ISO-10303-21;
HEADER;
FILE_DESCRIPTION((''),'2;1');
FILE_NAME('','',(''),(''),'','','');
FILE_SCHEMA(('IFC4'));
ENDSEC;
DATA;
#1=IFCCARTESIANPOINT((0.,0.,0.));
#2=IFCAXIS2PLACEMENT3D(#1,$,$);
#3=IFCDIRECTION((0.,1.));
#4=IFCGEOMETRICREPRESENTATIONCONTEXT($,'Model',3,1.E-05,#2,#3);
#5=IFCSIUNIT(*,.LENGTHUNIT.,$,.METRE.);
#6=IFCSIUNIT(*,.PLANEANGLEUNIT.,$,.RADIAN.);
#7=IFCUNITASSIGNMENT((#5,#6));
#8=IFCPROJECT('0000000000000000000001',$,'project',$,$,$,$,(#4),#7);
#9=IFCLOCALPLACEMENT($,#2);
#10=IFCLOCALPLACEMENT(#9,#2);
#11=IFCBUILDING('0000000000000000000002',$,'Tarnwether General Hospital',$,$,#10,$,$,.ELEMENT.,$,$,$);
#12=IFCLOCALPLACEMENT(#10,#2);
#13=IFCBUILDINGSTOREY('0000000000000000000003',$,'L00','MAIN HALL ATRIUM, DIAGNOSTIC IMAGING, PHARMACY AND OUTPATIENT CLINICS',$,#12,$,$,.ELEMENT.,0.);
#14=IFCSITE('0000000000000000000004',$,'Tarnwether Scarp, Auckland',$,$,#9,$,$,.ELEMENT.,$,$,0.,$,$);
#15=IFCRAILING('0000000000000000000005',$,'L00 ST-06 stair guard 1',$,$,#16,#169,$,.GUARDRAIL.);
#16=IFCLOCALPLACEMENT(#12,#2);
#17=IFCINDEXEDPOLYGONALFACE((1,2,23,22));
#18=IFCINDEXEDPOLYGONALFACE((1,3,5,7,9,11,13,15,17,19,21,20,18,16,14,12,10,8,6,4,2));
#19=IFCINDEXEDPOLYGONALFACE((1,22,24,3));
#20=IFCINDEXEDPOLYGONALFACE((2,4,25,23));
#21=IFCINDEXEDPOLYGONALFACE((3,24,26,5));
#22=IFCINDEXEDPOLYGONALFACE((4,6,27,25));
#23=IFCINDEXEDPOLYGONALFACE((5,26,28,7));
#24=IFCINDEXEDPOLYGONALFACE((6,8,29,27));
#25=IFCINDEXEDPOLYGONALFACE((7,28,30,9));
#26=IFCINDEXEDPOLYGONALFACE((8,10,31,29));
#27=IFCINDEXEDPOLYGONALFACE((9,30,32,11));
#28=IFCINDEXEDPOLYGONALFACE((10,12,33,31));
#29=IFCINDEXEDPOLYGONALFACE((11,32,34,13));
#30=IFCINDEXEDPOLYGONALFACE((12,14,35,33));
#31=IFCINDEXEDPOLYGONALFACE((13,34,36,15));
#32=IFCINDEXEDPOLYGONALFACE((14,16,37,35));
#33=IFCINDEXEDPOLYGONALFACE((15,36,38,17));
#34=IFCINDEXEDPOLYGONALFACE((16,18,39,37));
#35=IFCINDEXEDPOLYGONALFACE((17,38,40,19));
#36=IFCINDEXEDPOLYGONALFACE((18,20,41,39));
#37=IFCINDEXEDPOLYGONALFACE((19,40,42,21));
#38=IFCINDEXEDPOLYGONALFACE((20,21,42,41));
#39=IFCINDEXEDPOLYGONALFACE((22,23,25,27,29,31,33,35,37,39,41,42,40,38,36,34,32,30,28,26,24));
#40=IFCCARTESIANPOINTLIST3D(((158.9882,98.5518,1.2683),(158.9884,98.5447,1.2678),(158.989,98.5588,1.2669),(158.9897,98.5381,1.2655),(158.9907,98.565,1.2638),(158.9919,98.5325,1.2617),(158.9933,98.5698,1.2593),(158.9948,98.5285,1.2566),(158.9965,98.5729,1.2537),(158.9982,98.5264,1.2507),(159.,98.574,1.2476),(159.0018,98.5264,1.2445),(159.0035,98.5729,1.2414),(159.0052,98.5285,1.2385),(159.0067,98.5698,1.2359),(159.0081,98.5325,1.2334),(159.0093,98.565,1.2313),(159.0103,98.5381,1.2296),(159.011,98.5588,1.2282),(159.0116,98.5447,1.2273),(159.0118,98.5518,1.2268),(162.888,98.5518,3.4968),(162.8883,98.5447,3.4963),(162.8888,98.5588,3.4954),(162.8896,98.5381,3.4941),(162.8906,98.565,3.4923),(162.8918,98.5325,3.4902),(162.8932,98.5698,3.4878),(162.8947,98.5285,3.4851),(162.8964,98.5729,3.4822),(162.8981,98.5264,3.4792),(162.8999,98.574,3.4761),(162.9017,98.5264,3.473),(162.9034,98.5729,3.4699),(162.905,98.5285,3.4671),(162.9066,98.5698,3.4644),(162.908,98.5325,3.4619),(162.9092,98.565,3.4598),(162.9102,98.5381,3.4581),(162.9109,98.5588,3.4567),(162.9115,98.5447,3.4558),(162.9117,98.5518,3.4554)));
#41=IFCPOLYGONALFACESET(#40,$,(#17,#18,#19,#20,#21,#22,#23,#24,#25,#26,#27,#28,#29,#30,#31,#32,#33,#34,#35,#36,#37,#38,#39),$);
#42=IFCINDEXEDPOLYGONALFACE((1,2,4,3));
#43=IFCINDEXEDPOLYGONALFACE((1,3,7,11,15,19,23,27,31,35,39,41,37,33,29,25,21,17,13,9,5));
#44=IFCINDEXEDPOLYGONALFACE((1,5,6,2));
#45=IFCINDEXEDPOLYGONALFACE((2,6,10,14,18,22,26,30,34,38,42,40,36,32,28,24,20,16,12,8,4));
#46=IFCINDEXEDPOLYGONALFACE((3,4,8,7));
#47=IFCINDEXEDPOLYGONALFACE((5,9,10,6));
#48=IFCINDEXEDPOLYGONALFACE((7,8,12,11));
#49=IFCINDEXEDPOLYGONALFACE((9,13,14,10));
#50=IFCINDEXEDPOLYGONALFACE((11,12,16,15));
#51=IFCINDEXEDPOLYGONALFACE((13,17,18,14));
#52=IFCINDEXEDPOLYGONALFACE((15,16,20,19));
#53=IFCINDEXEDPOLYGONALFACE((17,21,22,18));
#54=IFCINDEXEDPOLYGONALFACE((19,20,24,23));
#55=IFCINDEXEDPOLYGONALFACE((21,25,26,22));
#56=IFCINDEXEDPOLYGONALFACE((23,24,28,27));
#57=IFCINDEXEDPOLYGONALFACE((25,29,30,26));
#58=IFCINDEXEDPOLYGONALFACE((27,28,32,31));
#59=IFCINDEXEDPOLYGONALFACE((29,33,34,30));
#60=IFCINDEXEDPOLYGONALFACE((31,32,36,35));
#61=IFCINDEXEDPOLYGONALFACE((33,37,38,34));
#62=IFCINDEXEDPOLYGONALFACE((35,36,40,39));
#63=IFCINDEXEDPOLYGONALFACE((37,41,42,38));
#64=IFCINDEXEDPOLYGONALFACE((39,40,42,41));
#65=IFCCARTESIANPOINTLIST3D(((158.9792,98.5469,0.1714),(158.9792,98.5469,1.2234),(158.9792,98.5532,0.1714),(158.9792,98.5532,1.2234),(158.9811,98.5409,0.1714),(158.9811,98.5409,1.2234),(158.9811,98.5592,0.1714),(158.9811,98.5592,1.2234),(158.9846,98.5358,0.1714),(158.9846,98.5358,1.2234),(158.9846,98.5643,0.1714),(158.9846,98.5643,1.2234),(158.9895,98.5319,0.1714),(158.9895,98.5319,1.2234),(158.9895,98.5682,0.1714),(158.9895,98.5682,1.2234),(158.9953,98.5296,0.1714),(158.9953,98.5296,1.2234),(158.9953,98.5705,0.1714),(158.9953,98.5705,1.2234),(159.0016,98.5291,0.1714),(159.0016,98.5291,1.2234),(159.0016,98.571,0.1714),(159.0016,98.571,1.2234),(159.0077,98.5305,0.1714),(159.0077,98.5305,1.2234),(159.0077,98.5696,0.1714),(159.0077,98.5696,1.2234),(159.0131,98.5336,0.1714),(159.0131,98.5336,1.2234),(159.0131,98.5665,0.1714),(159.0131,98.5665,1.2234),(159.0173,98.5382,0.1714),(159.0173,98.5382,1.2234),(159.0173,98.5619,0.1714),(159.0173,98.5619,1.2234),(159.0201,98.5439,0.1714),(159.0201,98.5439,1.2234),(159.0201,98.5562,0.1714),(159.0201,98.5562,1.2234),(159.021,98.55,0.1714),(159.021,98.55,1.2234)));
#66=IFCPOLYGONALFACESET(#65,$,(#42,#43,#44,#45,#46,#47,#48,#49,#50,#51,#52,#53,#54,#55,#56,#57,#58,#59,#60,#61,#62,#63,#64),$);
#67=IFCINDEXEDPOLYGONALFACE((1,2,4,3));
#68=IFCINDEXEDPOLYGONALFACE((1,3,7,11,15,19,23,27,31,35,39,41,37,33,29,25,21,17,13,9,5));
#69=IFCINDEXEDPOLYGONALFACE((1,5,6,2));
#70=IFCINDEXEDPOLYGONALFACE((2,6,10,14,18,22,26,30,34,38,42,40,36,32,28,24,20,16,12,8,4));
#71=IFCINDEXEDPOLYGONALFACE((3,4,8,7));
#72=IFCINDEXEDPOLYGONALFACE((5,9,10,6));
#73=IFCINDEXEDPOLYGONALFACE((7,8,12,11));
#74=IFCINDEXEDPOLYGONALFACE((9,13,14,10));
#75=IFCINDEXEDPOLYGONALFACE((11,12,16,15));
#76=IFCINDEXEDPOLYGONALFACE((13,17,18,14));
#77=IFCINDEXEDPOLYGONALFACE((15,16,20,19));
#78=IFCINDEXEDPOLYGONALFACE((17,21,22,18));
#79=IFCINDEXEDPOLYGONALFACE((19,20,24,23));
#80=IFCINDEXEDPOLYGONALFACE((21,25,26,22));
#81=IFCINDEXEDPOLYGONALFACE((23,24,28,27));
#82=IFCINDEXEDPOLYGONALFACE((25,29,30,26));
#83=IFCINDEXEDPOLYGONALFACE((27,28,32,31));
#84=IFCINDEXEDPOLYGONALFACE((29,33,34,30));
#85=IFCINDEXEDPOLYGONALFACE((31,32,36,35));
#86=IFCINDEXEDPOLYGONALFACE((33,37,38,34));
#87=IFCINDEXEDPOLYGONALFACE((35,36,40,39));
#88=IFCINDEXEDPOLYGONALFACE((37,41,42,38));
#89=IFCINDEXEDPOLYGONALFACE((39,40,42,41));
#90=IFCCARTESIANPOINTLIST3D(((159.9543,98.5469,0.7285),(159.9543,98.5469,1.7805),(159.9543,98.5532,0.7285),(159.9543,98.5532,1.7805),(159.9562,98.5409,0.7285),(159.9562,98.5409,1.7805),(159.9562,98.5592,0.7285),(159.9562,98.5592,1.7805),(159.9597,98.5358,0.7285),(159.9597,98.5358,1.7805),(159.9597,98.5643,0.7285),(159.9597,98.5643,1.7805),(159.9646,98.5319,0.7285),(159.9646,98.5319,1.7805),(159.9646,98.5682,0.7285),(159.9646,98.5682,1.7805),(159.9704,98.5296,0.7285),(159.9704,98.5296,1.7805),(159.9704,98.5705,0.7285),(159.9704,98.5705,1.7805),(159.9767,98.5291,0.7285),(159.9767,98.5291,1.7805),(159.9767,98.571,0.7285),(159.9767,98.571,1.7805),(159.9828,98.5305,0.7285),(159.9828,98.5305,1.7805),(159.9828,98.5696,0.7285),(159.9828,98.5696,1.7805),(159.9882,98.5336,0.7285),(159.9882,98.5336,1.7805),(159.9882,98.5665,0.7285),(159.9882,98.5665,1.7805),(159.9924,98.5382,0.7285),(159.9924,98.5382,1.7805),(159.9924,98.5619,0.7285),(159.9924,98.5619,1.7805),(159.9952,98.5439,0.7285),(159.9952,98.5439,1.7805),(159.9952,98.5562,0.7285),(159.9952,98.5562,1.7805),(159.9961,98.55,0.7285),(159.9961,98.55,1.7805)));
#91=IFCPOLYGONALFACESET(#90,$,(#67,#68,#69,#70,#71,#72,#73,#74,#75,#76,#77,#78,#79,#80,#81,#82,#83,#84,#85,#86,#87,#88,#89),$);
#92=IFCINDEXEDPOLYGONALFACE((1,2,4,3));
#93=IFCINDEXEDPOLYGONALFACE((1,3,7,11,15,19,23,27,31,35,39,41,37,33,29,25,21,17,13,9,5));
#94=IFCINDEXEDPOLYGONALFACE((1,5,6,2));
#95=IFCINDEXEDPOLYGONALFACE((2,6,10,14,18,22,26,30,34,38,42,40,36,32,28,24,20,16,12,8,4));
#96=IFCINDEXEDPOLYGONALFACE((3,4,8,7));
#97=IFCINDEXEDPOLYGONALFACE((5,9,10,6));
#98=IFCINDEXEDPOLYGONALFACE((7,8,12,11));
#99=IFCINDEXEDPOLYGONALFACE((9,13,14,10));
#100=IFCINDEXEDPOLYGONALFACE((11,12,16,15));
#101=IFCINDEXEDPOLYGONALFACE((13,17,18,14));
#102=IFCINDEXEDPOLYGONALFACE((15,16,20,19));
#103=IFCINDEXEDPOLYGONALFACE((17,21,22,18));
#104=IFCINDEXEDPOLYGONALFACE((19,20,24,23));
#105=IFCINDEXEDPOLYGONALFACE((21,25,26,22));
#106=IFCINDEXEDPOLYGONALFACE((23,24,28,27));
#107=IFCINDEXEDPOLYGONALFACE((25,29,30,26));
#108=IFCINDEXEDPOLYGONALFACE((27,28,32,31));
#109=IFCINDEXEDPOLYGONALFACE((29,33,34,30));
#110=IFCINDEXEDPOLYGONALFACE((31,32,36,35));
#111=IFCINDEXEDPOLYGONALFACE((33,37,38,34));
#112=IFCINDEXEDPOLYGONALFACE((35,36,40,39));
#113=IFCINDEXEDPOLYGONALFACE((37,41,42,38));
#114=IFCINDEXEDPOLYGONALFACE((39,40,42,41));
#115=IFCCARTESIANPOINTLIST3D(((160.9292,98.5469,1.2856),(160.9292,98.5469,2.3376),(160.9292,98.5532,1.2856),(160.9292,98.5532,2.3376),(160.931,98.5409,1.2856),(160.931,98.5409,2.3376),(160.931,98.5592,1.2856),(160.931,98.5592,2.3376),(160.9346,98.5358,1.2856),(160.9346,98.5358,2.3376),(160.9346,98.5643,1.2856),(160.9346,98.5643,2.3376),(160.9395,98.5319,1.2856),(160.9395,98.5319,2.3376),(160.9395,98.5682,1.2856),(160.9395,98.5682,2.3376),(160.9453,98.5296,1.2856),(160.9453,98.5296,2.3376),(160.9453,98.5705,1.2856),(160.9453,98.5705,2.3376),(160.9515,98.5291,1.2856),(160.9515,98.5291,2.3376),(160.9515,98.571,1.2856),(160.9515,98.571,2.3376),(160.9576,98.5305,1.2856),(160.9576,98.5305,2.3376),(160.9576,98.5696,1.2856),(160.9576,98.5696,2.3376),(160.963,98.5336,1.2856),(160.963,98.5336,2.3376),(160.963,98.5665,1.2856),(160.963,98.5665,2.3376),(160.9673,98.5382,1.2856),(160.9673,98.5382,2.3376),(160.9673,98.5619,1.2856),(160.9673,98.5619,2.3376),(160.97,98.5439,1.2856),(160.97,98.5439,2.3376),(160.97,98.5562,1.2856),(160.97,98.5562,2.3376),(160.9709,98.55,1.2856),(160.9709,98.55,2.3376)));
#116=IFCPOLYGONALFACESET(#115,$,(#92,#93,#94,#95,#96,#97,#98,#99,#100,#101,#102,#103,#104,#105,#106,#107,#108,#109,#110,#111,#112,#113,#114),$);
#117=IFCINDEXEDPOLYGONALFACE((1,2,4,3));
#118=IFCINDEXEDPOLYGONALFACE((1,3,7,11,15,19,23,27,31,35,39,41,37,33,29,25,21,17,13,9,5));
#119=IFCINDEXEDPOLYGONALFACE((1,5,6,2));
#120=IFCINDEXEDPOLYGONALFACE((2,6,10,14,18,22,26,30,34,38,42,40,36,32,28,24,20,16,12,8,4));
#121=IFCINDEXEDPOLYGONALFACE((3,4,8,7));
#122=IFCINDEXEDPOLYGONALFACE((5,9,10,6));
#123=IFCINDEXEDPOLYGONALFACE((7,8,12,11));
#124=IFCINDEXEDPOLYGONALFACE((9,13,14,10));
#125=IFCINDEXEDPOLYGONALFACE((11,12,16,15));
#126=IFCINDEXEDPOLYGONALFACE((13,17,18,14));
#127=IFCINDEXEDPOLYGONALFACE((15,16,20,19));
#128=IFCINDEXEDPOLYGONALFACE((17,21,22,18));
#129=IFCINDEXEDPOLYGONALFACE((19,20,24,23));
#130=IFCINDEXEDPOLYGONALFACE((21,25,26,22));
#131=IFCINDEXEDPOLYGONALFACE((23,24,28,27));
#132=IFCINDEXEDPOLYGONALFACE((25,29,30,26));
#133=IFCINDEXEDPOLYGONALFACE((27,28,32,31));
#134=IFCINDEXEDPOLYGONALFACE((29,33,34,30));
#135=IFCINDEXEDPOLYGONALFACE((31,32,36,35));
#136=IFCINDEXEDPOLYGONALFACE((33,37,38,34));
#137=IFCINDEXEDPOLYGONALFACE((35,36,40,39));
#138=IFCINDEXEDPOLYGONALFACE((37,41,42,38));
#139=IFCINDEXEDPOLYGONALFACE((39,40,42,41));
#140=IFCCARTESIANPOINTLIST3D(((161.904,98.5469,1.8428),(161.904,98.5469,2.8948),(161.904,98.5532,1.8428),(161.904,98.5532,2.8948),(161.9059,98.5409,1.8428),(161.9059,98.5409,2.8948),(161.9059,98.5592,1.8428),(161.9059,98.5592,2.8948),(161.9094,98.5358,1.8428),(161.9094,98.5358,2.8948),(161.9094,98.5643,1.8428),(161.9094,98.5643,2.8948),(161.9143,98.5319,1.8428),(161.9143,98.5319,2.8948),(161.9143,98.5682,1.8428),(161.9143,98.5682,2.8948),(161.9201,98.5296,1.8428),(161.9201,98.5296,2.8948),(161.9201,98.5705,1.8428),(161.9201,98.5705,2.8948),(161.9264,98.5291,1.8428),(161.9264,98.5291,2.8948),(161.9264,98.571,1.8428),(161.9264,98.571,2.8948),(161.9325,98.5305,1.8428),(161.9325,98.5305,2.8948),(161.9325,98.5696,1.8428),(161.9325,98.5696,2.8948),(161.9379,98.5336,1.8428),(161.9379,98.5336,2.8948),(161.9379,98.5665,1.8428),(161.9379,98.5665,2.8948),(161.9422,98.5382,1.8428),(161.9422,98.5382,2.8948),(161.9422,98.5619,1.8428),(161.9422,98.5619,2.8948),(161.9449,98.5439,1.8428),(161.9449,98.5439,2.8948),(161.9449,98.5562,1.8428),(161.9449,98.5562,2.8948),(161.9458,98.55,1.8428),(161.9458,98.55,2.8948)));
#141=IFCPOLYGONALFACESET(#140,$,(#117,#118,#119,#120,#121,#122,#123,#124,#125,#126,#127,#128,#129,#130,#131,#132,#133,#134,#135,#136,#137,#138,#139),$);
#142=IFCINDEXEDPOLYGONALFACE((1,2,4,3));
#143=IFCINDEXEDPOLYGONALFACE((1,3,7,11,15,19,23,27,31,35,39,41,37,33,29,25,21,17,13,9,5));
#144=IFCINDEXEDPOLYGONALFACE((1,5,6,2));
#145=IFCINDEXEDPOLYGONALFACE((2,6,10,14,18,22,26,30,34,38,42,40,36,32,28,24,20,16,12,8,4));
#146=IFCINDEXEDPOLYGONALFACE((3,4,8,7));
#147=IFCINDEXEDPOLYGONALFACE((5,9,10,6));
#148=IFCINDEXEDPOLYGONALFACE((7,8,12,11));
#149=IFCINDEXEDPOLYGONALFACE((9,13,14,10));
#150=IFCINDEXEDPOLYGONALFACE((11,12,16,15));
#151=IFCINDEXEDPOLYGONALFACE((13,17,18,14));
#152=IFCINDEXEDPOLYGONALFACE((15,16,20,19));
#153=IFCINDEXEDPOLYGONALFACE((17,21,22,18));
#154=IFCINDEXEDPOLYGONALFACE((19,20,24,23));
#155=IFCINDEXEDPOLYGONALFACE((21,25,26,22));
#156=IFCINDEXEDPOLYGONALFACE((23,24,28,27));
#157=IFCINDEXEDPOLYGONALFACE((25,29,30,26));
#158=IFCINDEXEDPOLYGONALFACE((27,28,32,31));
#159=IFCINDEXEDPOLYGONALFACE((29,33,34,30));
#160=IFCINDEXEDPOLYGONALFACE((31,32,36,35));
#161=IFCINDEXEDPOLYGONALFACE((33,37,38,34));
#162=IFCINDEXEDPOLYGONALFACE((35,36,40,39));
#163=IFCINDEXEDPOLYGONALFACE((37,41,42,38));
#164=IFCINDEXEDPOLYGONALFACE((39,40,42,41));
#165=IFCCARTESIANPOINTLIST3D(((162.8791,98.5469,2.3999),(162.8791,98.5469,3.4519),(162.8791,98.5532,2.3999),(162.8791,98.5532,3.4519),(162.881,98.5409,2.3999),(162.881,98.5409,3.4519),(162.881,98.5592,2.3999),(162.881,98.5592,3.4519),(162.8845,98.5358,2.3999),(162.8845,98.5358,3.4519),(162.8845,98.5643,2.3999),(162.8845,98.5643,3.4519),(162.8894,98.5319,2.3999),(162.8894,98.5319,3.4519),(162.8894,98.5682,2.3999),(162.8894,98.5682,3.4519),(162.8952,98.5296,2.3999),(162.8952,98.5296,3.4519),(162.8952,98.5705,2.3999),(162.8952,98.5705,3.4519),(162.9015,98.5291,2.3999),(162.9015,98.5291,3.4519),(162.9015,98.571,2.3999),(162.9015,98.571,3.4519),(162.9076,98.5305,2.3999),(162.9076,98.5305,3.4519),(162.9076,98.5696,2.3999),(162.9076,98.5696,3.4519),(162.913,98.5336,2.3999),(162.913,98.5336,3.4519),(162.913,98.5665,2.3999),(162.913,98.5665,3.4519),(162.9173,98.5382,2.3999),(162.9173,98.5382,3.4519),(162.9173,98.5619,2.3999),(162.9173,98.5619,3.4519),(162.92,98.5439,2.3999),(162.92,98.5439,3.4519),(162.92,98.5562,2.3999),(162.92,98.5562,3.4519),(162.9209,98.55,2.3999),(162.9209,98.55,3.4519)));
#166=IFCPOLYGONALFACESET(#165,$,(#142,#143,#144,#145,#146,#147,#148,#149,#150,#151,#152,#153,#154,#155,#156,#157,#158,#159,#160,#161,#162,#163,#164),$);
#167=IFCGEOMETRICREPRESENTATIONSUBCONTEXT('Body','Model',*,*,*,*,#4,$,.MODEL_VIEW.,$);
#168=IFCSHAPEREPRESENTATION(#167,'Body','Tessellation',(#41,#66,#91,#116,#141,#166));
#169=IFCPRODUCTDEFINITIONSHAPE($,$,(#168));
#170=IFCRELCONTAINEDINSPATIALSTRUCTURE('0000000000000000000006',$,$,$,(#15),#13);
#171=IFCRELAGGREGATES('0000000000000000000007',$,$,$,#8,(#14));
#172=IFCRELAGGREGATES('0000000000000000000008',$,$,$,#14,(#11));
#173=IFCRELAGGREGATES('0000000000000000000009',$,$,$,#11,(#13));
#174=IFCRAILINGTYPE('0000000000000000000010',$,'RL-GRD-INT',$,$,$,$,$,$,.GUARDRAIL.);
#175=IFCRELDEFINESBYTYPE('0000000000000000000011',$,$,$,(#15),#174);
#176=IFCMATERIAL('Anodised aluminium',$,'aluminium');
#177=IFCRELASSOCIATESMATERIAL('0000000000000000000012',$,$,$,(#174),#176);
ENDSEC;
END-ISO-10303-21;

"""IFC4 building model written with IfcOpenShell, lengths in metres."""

from ifc_helpers import new_model, si_unit, direction, frame, origin, origin_2d, place, context, subcontext, project, spatial, circle, extrude, material, type_object, element, save


model = new_model("IFC4")

# Units and contexts
model_context = context("Model", 3, precision=1e-05, world=origin(), true_north=direction((0.0, 1.0)))
body_context = subcontext(model_context, "Body", "Model", "MODEL_VIEW")
ifc_project = project(units=[si_unit("LENGTHUNIT", "METRE"), si_unit("PLANEANGLEUNIT", "RADIAN")], contexts=[model_context])

# Site, building, storey
site_placement = place(None, origin())
site = spatial("IfcSite", under=ifc_project, at=site_placement, Name="Tarnwether Scarp, Auckland", CompositionType="ELEMENT", RefElevation=0.0)
building_placement = place(site_placement, origin())
building = spatial("IfcBuilding", under=site, at=building_placement, Name="Tarnwether General Hospital", CompositionType="ELEMENT")
storey_placement = place(building_placement, origin())
storey = spatial("IfcBuildingStorey", under=building, at=storey_placement, Name="L00", Description="MAIN HALL ATRIUM, DIAGNOSTIC IMAGING, PHARMACY AND OUTPATIENT CLINICS", CompositionType="ELEMENT", Elevation=0.0)

# Railing
ifc_material_1 = material(Name="Anodised aluminium", Category="aluminium")
railing_type_1 = type_object("IfcRailingType", Name="RL-GRD-INT", PredefinedType="GUARDRAIL", material=ifc_material_1)
railing_1_placement = place(storey_placement, frame((159.0, 98.55, 0.1714)))
element("IfcRailing", 1, at=railing_1_placement, inside=storey, type_object=railing_type_1, Name="L00 ST-06 stair guard 1", PredefinedType="GUARDRAIL", context=body_context, shape_type="SweptSolid", body=[
    extrude(circle(Radius=0.0239, at=origin_2d()), frame((0.0, 0.0, 1.0762), z_axis=(0.868243, 0.0, 0.496139), x_axis=(0.0, 1.0, 0.0)), (0.0, 0.0, 1.0), 4.4917),
    extrude(circle(Radius=0.021, at=origin_2d()), origin(), (0.0, 0.0, 1.0), 1.052),
    extrude(circle(Radius=0.021, at=origin_2d()), frame((0.9751, 0.0, 0.5571)), (0.0, 0.0, 1.0), 1.052),
    extrude(circle(Radius=0.021, at=origin_2d()), frame((1.95, 0.0, 1.1143)), (0.0, 0.0, 1.0), 1.052),
    extrude(circle(Radius=0.021, at=origin_2d()), frame((2.9248, 0.0, 1.6714)), (0.0, 0.0, 1.0), 1.052),
    extrude(circle(Radius=0.021, at=origin_2d()), frame((3.8999, 0.0, 2.2285)), (0.0, 0.0, 1.0), 1.052),
])

save(model, "model.ifc")
